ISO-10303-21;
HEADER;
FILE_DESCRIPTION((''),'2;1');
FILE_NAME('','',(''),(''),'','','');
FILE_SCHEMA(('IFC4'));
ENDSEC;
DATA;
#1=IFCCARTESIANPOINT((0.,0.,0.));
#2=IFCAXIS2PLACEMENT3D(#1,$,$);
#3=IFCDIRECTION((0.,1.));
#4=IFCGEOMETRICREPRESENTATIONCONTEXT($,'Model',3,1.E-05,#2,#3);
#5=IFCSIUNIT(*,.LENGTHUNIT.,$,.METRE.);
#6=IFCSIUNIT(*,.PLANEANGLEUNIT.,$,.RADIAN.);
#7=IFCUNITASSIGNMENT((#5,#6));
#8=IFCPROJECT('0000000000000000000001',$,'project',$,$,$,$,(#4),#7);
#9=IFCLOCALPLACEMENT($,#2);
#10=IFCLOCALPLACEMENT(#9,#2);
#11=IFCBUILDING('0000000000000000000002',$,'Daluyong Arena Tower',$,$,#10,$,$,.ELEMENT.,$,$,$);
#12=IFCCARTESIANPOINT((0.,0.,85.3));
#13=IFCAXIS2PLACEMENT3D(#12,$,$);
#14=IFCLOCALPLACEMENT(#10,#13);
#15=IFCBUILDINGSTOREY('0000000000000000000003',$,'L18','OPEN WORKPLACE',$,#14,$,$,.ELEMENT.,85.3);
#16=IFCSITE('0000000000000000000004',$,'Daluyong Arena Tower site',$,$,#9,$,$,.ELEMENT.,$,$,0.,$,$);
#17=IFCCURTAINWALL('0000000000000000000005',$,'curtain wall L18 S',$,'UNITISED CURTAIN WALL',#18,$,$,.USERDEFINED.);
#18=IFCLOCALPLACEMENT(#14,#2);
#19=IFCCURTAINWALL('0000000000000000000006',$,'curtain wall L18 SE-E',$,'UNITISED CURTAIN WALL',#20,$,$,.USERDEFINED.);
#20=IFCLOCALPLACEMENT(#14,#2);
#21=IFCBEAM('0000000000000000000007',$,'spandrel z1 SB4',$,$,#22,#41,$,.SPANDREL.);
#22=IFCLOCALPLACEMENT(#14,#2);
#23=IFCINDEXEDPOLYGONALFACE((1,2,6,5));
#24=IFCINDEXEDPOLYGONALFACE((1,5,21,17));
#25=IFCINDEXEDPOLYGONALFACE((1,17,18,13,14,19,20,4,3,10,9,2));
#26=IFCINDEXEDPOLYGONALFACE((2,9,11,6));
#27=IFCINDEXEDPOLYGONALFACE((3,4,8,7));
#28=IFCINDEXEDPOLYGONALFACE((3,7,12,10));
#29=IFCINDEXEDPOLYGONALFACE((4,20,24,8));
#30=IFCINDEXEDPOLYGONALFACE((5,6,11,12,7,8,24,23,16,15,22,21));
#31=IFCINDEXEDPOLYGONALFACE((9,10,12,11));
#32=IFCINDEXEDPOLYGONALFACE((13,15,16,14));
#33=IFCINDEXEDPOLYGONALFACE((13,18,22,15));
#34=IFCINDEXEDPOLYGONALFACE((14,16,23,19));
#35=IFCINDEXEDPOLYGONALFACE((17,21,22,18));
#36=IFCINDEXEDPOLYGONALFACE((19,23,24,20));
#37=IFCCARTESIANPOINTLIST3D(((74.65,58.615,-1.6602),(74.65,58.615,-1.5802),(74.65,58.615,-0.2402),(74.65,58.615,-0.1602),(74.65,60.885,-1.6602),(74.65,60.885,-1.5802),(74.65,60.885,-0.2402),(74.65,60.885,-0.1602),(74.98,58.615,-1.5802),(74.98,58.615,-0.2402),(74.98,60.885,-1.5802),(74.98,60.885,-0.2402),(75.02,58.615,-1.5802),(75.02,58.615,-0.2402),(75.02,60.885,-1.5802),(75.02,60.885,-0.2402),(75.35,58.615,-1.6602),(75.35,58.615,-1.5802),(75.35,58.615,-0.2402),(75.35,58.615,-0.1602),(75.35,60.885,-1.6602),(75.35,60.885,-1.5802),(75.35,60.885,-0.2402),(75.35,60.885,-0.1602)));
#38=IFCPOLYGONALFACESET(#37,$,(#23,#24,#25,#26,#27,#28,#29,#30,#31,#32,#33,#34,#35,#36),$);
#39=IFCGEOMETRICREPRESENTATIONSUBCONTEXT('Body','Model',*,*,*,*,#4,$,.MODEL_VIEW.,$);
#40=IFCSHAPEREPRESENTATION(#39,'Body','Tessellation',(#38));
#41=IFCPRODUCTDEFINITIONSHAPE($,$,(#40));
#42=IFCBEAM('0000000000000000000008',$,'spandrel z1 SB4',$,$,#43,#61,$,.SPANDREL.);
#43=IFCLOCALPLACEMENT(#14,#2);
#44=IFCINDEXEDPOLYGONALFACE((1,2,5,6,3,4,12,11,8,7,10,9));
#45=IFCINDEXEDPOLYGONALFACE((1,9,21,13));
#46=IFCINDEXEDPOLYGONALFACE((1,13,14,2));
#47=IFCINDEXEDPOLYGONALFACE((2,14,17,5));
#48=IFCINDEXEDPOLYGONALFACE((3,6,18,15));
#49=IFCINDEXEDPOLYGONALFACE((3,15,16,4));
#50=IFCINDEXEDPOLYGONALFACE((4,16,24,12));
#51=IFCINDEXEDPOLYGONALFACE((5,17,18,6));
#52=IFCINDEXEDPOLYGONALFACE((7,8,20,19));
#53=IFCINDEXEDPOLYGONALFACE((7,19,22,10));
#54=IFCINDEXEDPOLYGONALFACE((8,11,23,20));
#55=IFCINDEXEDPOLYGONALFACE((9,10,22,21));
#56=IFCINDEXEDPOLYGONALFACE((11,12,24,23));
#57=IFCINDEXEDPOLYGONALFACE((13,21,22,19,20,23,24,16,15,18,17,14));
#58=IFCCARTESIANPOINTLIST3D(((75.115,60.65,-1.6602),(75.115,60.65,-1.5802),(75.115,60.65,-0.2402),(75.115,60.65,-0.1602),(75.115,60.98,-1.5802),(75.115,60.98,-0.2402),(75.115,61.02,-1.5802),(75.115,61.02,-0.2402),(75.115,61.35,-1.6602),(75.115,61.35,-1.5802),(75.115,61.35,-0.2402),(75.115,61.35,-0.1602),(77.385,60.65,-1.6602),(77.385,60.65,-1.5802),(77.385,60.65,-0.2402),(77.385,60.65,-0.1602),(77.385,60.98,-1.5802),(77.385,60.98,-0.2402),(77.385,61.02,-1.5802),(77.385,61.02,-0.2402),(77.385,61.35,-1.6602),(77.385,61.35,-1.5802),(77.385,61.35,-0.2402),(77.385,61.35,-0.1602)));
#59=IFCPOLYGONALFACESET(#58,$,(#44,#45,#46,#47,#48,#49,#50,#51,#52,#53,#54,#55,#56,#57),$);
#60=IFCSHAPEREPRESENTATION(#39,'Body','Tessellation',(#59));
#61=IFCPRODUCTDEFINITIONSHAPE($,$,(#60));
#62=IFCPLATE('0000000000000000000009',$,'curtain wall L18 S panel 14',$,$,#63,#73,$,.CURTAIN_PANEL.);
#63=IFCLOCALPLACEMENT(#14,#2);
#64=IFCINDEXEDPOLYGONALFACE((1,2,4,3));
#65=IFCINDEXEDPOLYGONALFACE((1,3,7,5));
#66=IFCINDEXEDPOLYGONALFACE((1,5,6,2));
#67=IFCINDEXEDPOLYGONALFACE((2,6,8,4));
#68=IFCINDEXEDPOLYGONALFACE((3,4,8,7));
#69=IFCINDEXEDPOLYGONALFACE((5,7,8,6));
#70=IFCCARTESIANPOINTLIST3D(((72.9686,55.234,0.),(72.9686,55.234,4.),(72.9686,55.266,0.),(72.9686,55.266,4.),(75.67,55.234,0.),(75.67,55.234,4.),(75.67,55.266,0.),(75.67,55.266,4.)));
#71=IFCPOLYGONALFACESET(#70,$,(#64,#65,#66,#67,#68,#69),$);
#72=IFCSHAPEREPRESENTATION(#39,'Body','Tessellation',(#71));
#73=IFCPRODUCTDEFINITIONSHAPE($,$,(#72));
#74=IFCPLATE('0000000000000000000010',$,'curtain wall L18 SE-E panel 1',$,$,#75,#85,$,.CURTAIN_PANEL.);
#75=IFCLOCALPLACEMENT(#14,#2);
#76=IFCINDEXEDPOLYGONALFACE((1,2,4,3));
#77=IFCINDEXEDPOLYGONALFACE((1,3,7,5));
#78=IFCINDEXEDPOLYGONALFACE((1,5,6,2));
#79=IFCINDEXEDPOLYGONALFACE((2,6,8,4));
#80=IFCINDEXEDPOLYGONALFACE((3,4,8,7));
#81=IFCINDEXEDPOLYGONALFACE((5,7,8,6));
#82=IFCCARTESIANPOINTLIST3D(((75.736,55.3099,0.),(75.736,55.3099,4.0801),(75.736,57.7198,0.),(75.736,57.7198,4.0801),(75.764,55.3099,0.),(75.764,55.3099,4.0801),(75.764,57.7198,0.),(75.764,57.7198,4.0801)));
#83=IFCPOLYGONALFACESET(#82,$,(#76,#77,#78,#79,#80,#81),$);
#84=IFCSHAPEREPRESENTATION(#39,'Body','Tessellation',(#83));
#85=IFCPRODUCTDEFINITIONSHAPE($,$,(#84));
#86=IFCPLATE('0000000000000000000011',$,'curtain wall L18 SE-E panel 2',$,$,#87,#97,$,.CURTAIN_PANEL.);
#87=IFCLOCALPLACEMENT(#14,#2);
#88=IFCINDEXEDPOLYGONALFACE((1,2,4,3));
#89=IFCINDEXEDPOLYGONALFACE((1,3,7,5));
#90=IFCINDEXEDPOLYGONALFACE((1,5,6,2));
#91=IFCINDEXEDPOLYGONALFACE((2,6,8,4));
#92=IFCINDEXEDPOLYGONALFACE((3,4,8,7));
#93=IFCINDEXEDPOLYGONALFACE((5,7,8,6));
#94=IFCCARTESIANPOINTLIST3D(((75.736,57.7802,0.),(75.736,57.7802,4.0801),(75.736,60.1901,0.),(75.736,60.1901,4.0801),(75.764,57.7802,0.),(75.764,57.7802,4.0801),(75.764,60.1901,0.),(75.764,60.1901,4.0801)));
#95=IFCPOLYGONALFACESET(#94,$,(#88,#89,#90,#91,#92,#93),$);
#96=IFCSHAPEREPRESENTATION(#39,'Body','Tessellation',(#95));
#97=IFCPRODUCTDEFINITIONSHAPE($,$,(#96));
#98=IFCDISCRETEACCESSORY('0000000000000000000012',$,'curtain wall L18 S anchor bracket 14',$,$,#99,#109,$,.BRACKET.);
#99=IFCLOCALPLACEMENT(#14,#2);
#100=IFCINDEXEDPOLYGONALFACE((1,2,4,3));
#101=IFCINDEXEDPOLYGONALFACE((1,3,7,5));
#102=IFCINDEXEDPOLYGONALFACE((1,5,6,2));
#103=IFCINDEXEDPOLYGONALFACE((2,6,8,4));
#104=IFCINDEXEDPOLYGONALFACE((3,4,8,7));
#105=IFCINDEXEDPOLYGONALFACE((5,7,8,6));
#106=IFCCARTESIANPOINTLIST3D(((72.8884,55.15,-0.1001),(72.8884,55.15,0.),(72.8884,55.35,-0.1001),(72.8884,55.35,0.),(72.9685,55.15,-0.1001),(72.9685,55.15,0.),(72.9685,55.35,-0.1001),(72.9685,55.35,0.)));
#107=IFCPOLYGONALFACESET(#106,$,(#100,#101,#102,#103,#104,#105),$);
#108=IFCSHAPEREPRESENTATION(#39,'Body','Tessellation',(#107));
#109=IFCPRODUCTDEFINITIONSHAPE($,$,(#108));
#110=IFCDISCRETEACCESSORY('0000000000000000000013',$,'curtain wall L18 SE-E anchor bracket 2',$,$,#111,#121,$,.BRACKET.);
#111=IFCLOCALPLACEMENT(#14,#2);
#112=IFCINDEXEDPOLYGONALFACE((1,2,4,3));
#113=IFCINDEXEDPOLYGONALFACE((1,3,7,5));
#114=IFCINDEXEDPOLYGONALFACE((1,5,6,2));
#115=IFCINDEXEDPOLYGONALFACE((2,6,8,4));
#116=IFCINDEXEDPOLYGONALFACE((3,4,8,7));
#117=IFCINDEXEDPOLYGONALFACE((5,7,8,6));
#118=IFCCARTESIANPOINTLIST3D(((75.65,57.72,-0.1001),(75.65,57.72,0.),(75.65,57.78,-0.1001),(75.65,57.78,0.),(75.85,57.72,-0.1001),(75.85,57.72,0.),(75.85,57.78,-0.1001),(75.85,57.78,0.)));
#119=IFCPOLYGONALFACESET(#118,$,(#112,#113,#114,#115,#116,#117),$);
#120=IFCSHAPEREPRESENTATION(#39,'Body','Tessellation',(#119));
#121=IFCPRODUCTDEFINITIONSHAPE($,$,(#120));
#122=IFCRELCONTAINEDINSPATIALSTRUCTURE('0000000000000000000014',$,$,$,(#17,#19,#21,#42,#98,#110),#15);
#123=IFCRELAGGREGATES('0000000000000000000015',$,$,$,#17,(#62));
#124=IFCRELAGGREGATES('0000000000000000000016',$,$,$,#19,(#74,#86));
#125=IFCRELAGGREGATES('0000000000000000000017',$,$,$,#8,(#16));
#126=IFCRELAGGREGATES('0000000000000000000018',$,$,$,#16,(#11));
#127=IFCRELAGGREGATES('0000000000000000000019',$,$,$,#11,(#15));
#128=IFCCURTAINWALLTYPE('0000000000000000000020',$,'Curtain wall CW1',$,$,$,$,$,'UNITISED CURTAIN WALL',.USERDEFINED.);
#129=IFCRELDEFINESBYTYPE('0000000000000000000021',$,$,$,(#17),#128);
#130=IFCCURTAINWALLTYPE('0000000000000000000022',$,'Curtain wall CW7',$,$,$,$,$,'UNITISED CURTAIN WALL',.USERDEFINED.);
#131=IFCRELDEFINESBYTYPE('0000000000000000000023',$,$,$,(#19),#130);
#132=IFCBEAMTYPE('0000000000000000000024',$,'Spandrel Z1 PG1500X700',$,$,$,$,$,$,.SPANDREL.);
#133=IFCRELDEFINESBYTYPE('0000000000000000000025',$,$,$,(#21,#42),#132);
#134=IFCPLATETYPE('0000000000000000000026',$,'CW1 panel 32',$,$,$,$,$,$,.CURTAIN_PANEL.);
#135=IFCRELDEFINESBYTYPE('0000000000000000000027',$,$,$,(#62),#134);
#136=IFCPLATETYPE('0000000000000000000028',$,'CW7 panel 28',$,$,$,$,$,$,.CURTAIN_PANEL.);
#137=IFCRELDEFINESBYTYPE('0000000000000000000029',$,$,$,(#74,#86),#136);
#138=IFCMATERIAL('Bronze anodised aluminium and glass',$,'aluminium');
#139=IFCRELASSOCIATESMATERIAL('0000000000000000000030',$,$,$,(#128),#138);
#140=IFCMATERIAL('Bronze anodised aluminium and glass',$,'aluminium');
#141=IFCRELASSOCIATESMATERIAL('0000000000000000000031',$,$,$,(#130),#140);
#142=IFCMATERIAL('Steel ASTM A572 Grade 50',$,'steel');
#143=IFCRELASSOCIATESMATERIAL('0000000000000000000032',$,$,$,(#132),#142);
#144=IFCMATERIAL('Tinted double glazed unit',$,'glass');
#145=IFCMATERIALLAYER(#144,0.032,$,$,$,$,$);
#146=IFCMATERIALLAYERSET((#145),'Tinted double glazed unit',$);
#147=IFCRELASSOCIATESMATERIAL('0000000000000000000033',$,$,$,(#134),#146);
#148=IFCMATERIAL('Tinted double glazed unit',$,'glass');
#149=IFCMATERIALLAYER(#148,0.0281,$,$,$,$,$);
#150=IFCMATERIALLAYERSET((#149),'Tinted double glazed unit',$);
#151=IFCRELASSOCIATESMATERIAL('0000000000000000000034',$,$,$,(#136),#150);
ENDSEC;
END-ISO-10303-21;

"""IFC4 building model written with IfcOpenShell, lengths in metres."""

from ifc_helpers import new_model, si_unit, direction, frame, origin, origin_2d, place, context, subcontext, project, spatial, rectangle, i_section, extrude, material, layer, layer_set, material_profile, profile_set, type_object, element, aggregate, save


model = new_model("IFC4")

# Units and contexts
model_context = context("Model", 3, precision=1e-05, world=origin(), true_north=direction((0.0, 1.0)))
body_context = subcontext(model_context, "Body", "Model", "MODEL_VIEW")
ifc_project = project(units=[si_unit("LENGTHUNIT", "METRE"), si_unit("PLANEANGLEUNIT", "RADIAN")], contexts=[model_context])

# Site, building, storey
site_placement = place(None, origin())
site = spatial("IfcSite", under=ifc_project, at=site_placement, Name="Daluyong Arena Tower site", CompositionType="ELEMENT", RefElevation=0.0)
building_placement = place(site_placement, origin())
building = spatial("IfcBuilding", under=site, at=building_placement, Name="Daluyong Arena Tower", CompositionType="ELEMENT")
storey_placement = place(building_placement, frame((0.0, 0.0, 85.3)))
storey = spatial("IfcBuildingStorey", under=building, at=storey_placement, Name="L18", Description="OPEN WORKPLACE", CompositionType="ELEMENT", Elevation=85.3)

# Curtain walls
ifc_material_1 = material(Name="Bronze anodised aluminium and glass", Category="aluminium")
curtain_wall_type_1 = type_object("IfcCurtainWallType", Name="Curtain wall CW1", ElementType="UNITISED CURTAIN WALL", PredefinedType="USERDEFINED", material=ifc_material_1)
curtain_wall_1_placement = place(storey_placement, origin())
curtain_wall_1 = element("IfcCurtainWall", 1, at=curtain_wall_1_placement, inside=storey, type_object=curtain_wall_type_1, Name="curtain wall L18 S", ObjectType="UNITISED CURTAIN WALL", PredefinedType="USERDEFINED")
ifc_material_2 = material(Name="Bronze anodised aluminium and glass", Category="aluminium")
curtain_wall_type_2 = type_object("IfcCurtainWallType", Name="Curtain wall CW7", ElementType="UNITISED CURTAIN WALL", PredefinedType="USERDEFINED", material=ifc_material_2)
curtain_wall_2_placement = place(storey_placement, origin())
curtain_wall_2 = element("IfcCurtainWall", 2, at=curtain_wall_2_placement, inside=storey, type_object=curtain_wall_type_2, Name="curtain wall L18 SE-E", ObjectType="UNITISED CURTAIN WALL", PredefinedType="USERDEFINED")

# Beams
ifc_material_3 = material(Name="Steel ASTM A572 Grade 50", Category="steel")
ifc_material_profile_1 = material_profile(ifc_material_3, i_section(OverallWidth=0.7, OverallDepth=1.5, WebThickness=0.04, FlangeThickness=0.08, at=origin_2d()))
ifc_profile_set_1 = profile_set([ifc_material_profile_1], Name="Steel ASTM A572 Grade 50")
beam_type_1 = type_object("IfcBeamType", Name="Spandrel Z1 PG1500X700", PredefinedType="SPANDREL", material=ifc_profile_set_1)
for number, where, z_axis, x_axis, name in (
    (3, (75.0, 58.615, -0.9102), (0.0, 1.0, 0.0), (-1.0, 0.0, 0.0), "spandrel z1 SB4"),
    (4, (75.115, 61.0, -0.9102), (1.0, 0.0, 0.0), (0.0, 1.0, 0.0), "spandrel z1 SB4"),
):
    element("IfcBeam", number, at=place(storey_placement, frame(where, z_axis=z_axis, x_axis=x_axis)), inside=storey, type_object=beam_type_1, Name=name, PredefinedType="SPANDREL", context=body_context, shape_type="SweptSolid", body=[
        extrude(i_section(OverallWidth=0.7, OverallDepth=1.5, WebThickness=0.04, FlangeThickness=0.08, at=origin_2d()), origin(), (0.0, 0.0, 1.0), 2.27),
    ])

# Plates
ifc_material_4 = material(Name="Tinted double glazed unit", Category="glass")
ifc_layer_1 = layer(ifc_material_4, 0.032)
ifc_layer_set_1 = layer_set([ifc_layer_1], Name="Tinted double glazed unit")
plate_type_1 = type_object("IfcPlateType", Name="CW1 panel 32", PredefinedType="CURTAIN_PANEL", material=ifc_layer_set_1)
plate_1_placement = place(storey_placement, frame((74.3193, 55.25, 0.0), z_axis=(0.0, 0.0, 1.0), x_axis=(1.0, 0.0, 0.0)))
plate_1 = element("IfcPlate", 5, at=plate_1_placement, type_object=plate_type_1, Name="curtain wall L18 S panel 14", PredefinedType="CURTAIN_PANEL", context=body_context, shape_type="SweptSolid", body=[
    extrude(rectangle(XDim=2.7014, YDim=0.032, at=origin_2d()), origin(), (0.0, 0.0, 1.0), 4.0),
])
aggregate(curtain_wall_1, [plate_1])
ifc_material_5 = material(Name="Tinted double glazed unit", Category="glass")
ifc_layer_2 = layer(ifc_material_5, 0.0281)
ifc_layer_set_2 = layer_set([ifc_layer_2], Name="Tinted double glazed unit")
plate_type_2 = type_object("IfcPlateType", Name="CW7 panel 28", PredefinedType="CURTAIN_PANEL", material=ifc_layer_set_2)
plate_2_placement = place(storey_placement, frame((75.75, 56.5149, 0.0), z_axis=(0.0, 0.0, 1.0), x_axis=(0.0, 1.0, 0.0)))
plate_2 = element("IfcPlate", 6, at=plate_2_placement, type_object=plate_type_2, Name="curtain wall L18 SE-E panel 1", PredefinedType="CURTAIN_PANEL", context=body_context, shape_type="SweptSolid", body=[
    extrude(rectangle(XDim=2.4099, YDim=0.0281, at=origin_2d()), origin(), (0.0, 0.0, 1.0), 4.0801),
])
plate_3_placement = place(storey_placement, frame((75.75, 58.9851, 0.0), z_axis=(0.0, 0.0, 1.0), x_axis=(0.0, 1.0, 0.0)))
plate_3 = element("IfcPlate", 7, at=plate_3_placement, type_object=plate_type_2, Name="curtain wall L18 SE-E panel 2", PredefinedType="CURTAIN_PANEL", context=body_context, shape_type="SweptSolid", body=[
    extrude(rectangle(XDim=2.4099, YDim=0.0281, at=origin_2d()), origin(), (0.0, 0.0, 1.0), 4.0801),
])
aggregate(curtain_wall_2, [plate_2, plate_3])

# Discrete accessories
discrete_accessory_1_placement = place(storey_placement, frame((72.9285, 55.25, -0.1001), z_axis=(0.0, 0.0, 1.0), x_axis=(1.0, 0.0, 0.0)))
element("IfcDiscreteAccessory", 8, at=discrete_accessory_1_placement, inside=storey, Name="curtain wall L18 S anchor bracket 14", PredefinedType="BRACKET", context=body_context, shape_type="SweptSolid", body=[
    extrude(rectangle(XDim=0.0801, YDim=0.2, at=origin_2d()), origin(), (0.0, 0.0, 1.0), 0.1001),
])
discrete_accessory_2_placement = place(storey_placement, frame((75.75, 57.75, -0.1001), z_axis=(0.0, 0.0, 1.0), x_axis=(0.0, 1.0, 0.0)))
element("IfcDiscreteAccessory", 9, at=discrete_accessory_2_placement, inside=storey, Name="curtain wall L18 SE-E anchor bracket 2", PredefinedType="BRACKET", context=body_context, shape_type="SweptSolid", body=[
    extrude(rectangle(XDim=0.0601, YDim=0.2, at=origin_2d()), origin(), (0.0, 0.0, 1.0), 0.1001),
])

save(model, "model.ifc")
